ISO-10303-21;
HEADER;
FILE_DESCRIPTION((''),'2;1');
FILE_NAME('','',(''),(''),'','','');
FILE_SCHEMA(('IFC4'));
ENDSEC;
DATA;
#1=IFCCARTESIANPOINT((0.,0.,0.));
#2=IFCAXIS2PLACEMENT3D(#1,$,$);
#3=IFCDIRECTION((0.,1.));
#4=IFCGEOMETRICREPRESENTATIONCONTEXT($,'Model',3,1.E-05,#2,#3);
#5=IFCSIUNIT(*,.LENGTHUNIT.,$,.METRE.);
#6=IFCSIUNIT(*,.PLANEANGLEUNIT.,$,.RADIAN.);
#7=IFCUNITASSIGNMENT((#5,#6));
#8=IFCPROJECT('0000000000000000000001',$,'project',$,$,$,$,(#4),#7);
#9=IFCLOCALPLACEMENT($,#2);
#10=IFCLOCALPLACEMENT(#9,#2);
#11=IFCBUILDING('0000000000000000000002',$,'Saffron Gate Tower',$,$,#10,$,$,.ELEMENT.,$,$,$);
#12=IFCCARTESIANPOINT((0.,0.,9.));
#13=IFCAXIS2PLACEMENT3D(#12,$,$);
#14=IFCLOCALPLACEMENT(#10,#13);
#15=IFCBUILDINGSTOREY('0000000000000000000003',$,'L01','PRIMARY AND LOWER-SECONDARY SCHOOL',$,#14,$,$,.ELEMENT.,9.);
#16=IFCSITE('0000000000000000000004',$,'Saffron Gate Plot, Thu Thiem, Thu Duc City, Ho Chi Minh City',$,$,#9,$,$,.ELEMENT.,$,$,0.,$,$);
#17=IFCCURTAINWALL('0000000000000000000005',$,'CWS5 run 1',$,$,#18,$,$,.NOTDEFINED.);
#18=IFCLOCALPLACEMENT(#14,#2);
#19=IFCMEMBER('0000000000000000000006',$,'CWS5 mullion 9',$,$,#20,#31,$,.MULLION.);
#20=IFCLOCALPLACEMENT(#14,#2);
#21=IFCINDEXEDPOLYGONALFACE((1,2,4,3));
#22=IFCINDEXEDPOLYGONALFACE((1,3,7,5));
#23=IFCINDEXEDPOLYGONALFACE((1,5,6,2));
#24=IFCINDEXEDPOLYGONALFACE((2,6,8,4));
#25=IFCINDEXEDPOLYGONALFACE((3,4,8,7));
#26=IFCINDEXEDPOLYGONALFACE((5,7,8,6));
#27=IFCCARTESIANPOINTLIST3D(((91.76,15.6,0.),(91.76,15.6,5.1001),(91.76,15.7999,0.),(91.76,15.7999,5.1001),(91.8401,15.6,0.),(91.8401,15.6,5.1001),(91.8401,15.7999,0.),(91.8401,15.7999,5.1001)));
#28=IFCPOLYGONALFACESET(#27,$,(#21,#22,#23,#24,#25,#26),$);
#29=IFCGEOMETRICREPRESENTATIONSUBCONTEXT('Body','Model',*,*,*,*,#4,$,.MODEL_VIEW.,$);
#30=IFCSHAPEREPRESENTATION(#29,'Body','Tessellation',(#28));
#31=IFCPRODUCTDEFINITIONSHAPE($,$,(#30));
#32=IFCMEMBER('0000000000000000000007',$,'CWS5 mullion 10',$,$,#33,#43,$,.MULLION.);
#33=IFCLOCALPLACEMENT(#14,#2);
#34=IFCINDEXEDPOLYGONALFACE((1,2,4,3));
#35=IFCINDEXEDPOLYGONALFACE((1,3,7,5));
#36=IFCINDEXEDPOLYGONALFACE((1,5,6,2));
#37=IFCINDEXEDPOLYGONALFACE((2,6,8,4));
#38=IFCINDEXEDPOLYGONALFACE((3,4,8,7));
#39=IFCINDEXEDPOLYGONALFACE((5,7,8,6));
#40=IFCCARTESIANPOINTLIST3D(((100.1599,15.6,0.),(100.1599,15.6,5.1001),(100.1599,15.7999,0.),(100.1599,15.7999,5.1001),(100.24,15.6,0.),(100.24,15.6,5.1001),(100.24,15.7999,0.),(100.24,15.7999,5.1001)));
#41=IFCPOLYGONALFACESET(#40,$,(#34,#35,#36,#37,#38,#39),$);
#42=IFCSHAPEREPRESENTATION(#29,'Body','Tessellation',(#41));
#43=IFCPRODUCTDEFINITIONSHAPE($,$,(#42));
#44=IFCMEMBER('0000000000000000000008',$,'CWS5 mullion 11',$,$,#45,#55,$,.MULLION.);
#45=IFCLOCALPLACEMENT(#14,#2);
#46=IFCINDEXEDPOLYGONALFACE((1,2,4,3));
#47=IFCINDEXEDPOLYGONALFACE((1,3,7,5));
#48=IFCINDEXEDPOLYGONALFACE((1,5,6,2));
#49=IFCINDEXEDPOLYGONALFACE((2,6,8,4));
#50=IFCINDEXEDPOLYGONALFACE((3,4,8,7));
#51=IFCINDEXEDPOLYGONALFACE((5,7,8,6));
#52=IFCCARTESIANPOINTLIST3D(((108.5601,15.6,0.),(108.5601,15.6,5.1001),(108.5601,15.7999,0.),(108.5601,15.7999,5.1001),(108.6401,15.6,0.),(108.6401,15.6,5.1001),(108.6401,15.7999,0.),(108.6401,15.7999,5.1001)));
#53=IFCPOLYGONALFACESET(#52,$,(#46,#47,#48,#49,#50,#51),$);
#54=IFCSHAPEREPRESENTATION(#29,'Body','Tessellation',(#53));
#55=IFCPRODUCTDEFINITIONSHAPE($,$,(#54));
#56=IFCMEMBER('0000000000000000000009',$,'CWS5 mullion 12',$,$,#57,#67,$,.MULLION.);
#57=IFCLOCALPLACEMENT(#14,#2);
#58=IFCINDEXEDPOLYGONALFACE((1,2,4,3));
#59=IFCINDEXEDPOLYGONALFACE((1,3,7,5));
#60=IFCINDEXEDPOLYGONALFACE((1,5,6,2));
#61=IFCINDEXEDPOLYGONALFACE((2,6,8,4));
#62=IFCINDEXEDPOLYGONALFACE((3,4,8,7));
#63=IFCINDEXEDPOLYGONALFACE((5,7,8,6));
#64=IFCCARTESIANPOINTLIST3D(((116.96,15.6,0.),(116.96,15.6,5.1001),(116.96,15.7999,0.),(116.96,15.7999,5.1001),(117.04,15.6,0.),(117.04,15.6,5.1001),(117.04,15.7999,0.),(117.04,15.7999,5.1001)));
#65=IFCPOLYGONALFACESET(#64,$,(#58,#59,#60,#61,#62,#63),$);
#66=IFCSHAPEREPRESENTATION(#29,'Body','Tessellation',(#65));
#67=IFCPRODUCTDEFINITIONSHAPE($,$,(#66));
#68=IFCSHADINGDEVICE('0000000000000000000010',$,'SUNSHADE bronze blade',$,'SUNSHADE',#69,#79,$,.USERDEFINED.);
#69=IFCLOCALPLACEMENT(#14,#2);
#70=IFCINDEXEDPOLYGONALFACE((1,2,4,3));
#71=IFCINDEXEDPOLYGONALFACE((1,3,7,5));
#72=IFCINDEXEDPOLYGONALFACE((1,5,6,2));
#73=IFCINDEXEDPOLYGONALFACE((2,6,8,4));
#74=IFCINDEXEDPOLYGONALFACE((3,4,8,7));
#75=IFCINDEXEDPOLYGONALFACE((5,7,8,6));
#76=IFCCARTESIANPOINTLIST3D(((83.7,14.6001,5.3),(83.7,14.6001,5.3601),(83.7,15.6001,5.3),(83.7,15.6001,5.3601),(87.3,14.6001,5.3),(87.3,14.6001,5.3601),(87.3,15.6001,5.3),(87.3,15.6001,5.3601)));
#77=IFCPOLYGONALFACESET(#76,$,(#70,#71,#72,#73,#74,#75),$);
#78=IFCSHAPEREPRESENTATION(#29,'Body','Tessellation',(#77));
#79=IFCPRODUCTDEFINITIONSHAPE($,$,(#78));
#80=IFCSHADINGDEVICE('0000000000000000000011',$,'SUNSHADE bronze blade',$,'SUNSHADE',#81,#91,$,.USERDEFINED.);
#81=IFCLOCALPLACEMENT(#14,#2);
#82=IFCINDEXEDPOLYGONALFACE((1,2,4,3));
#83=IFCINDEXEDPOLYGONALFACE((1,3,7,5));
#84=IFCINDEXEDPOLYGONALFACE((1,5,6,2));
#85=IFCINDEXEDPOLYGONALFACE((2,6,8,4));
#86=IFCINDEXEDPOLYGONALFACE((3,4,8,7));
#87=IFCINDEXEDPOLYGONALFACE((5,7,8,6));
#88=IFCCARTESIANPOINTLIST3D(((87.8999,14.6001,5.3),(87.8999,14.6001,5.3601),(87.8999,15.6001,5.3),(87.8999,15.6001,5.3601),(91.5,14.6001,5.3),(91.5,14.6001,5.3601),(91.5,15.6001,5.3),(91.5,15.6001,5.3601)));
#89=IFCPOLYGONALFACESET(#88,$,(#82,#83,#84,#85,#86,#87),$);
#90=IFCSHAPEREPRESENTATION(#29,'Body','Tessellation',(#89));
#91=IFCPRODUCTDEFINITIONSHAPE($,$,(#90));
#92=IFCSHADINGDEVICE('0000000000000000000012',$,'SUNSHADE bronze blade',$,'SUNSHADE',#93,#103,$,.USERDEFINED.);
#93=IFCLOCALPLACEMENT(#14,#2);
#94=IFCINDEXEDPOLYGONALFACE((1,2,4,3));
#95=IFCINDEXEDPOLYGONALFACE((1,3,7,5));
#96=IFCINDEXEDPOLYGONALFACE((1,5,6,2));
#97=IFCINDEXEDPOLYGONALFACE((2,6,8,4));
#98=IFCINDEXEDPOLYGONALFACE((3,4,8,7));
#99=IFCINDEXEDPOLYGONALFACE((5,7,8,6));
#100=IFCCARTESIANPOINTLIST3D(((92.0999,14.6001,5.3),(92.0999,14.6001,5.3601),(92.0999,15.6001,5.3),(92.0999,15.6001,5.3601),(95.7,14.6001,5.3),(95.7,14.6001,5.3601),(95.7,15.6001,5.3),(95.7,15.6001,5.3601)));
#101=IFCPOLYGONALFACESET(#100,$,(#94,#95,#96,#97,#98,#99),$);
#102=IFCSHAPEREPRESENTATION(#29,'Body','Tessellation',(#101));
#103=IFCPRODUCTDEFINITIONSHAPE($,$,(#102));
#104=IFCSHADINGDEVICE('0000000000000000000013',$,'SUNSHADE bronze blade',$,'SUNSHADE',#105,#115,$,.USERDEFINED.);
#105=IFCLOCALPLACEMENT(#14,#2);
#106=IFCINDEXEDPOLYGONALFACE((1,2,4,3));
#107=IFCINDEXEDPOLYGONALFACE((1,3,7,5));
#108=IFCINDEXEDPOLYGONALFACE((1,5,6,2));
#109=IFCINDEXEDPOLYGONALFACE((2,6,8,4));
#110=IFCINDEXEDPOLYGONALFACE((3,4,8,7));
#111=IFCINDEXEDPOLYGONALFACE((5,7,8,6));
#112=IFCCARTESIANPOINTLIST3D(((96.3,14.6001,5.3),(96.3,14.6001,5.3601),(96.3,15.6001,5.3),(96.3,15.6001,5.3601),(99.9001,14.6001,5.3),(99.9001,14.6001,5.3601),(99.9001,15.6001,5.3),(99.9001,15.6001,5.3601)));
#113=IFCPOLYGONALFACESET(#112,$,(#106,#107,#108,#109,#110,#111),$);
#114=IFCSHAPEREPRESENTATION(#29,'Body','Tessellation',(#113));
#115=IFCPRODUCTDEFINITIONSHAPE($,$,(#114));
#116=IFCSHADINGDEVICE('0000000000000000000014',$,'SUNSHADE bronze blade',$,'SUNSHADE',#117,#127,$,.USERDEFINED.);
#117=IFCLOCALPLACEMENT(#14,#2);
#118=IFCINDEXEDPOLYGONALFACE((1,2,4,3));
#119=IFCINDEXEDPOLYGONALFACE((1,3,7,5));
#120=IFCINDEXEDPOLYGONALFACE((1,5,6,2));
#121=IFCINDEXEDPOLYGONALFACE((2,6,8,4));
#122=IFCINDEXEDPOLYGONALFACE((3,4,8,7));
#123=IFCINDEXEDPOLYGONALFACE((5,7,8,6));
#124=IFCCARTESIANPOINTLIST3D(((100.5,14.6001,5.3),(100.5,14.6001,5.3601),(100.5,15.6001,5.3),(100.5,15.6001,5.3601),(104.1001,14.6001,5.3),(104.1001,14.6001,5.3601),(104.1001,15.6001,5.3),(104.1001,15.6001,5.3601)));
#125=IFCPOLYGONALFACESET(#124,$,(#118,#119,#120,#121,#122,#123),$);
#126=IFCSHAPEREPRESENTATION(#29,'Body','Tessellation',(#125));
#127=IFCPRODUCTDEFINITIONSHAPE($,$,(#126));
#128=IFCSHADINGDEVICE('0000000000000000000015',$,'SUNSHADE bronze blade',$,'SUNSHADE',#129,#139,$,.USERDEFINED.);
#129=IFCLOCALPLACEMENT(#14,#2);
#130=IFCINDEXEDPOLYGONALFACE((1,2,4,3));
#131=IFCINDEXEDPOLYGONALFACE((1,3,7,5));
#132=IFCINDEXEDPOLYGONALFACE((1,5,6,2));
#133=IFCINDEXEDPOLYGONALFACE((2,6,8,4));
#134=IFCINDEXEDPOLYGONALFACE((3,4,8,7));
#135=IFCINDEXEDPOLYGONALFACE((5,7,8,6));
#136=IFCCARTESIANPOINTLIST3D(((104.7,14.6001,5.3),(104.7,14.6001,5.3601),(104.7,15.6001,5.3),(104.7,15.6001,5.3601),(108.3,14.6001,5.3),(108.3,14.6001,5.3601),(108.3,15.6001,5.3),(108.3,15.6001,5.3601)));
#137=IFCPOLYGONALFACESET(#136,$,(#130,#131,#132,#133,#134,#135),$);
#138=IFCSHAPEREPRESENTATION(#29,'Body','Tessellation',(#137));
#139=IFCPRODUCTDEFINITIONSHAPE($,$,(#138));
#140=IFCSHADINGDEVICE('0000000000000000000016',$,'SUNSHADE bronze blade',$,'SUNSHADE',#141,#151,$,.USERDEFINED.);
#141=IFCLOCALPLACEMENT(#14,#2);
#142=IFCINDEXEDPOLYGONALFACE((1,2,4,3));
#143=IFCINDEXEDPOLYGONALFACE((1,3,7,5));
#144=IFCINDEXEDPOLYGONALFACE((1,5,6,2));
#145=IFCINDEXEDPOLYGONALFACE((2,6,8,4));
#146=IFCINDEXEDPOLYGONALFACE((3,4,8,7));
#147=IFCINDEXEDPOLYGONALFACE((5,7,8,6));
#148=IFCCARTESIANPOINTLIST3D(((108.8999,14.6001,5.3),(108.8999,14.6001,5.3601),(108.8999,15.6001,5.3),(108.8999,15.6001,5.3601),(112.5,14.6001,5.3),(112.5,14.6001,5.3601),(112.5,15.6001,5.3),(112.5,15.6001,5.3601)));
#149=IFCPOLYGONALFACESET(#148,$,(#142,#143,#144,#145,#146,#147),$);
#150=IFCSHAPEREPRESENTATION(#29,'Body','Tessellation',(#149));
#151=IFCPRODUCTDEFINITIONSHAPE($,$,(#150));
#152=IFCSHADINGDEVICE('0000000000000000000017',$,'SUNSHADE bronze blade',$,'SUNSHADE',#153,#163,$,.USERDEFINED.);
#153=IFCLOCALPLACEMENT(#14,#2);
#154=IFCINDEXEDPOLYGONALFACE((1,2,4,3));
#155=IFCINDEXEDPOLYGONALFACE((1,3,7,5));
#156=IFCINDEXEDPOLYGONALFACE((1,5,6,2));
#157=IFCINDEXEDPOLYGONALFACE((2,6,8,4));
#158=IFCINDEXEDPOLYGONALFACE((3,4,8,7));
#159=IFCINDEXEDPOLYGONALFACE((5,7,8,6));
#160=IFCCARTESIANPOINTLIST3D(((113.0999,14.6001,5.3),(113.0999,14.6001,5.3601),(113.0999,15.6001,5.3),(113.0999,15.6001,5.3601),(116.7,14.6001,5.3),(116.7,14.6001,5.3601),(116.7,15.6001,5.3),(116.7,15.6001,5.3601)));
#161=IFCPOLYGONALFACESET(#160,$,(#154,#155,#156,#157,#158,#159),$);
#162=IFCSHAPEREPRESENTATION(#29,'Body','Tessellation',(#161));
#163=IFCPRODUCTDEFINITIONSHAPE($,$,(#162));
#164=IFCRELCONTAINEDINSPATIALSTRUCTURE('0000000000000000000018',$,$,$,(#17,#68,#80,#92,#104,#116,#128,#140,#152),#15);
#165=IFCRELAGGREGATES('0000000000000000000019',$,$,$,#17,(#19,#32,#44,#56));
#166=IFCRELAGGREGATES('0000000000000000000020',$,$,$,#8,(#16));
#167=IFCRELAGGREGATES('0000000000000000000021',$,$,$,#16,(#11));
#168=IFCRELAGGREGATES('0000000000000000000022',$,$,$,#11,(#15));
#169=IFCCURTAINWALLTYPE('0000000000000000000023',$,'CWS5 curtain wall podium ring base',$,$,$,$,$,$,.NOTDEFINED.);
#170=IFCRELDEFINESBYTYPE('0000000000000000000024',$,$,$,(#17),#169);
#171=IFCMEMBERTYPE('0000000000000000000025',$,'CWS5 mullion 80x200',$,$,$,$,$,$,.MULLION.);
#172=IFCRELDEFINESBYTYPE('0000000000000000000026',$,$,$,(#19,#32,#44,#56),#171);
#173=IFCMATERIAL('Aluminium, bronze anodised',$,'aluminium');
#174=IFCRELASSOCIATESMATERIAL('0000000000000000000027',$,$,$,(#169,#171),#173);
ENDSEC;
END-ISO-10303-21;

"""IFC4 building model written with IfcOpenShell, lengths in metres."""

from ifc_helpers import new_model, si_unit, direction, frame, origin, origin_2d, place, context, subcontext, project, spatial, rectangle, extrude, material, material_profile, profile_set, type_object, element, aggregate, save


model = new_model("IFC4")

# Units and contexts
model_context = context("Model", 3, precision=1e-05, world=origin(), true_north=direction((0.0, 1.0)))
body_context = subcontext(model_context, "Body", "Model", "MODEL_VIEW")
ifc_project = project(units=[si_unit("LENGTHUNIT", "METRE"), si_unit("PLANEANGLEUNIT", "RADIAN")], contexts=[model_context])

# Site, building, storey
site_placement = place(None, origin())
site = spatial("IfcSite", under=ifc_project, at=site_placement, Name="Saffron Gate Plot, Thu Thiem, Thu Duc City, Ho Chi Minh City", CompositionType="ELEMENT", RefElevation=0.0)
building_placement = place(site_placement, origin())
building = spatial("IfcBuilding", under=site, at=building_placement, Name="Saffron Gate Tower", CompositionType="ELEMENT")
storey_placement = place(building_placement, frame((0.0, 0.0, 9.0)))
storey = spatial("IfcBuildingStorey", under=building, at=storey_placement, Name="L01", Description="PRIMARY AND LOWER-SECONDARY SCHOOL", CompositionType="ELEMENT", Elevation=9.0)

# Curtain wall, members
ifc_material_1 = material(Name="Aluminium, bronze anodised", Category="aluminium")
curtain_wall_type = type_object("IfcCurtainWallType", Name="CWS5 curtain wall podium ring base", PredefinedType="NOTDEFINED", material=ifc_material_1)
curtain_wall_placement = place(storey_placement, origin())
curtain_wall = element("IfcCurtainWall", 1, at=curtain_wall_placement, inside=storey, type_object=curtain_wall_type, Name="CWS5 run 1", PredefinedType="NOTDEFINED")
ifc_material_profile_1 = material_profile(ifc_material_1, rectangle(XDim=0.2, YDim=0.0801, at=origin_2d()))
ifc_profile_set_1 = profile_set([ifc_material_profile_1], Name="Aluminium, bronze anodised")
member_type = type_object("IfcMemberType", Name="CWS5 mullion 80x200", PredefinedType="MULLION", material=ifc_profile_set_1)
member_1_placement = place(storey_placement, frame((91.8, 15.7, 0.0), z_axis=(0.0, 0.0, 1.0), x_axis=(0.0, 1.0, 0.0)))
member_1 = element("IfcMember", 2, at=member_1_placement, type_object=member_type, Name="CWS5 mullion 9", PredefinedType="MULLION", context=body_context, shape_type="SweptSolid", body=[
    extrude(rectangle(XDim=0.2, YDim=0.0801, at=origin_2d()), origin(), (0.0, 0.0, 1.0), 5.1001),
])
member_2_placement = place(storey_placement, frame((100.2, 15.7, 0.0), z_axis=(0.0, 0.0, 1.0), x_axis=(0.0, 1.0, 0.0)))
member_2 = element("IfcMember", 3, at=member_2_placement, type_object=member_type, Name="CWS5 mullion 10", PredefinedType="MULLION", context=body_context, shape_type="SweptSolid", body=[
    extrude(rectangle(XDim=0.2, YDim=0.0801, at=origin_2d()), origin(), (0.0, 0.0, 1.0), 5.1001),
])
member_3_placement = place(storey_placement, frame((108.6001, 15.7, 0.0), z_axis=(0.0, 0.0, 1.0), x_axis=(0.0, 1.0, 0.0)))
member_3 = element("IfcMember", 4, at=member_3_placement, type_object=member_type, Name="CWS5 mullion 11", PredefinedType="MULLION", context=body_context, shape_type="SweptSolid", body=[
    extrude(rectangle(XDim=0.2, YDim=0.0801, at=origin_2d()), origin(), (0.0, 0.0, 1.0), 5.1001),
])
member_4_placement = place(storey_placement, frame((117.0, 15.7, 0.0), z_axis=(0.0, 0.0, 1.0), x_axis=(0.0, 1.0, 0.0)))
member_4 = element("IfcMember", 5, at=member_4_placement, type_object=member_type, Name="CWS5 mullion 12", PredefinedType="MULLION", context=body_context, shape_type="SweptSolid", body=[
    extrude(rectangle(XDim=0.2, YDim=0.0801, at=origin_2d()), origin(), (0.0, 0.0, 1.0), 5.1001),
])
aggregate(curtain_wall, [member_1, member_2, member_3, member_4])

# Shading devices
for number, where, z_axis, x_axis, name in (
    (6, (85.5, 15.1001, 5.3), (0.0, 0.0, 1.0), (1.0, 0.0, 0.0), "SUNSHADE bronze blade"),
    (7, (89.7, 15.1001, 5.3), (0.0, 0.0, 1.0), (1.0, 0.0, 0.0), "SUNSHADE bronze blade"),
    (8, (93.8999, 15.1001, 5.3), (0.0, 0.0, 1.0), (1.0, 0.0, 0.0), "SUNSHADE bronze blade"),
    (9, (98.1001, 15.1001, 5.3), (0.0, 0.0, 1.0), (1.0, 0.0, 0.0), "SUNSHADE bronze blade"),
    (10, (102.3, 15.1001, 5.3), (0.0, 0.0, 1.0), (1.0, 0.0, 0.0), "SUNSHADE bronze blade"),
    (11, (106.5, 15.1001, 5.3), (0.0, 0.0, 1.0), (1.0, 0.0, 0.0), "SUNSHADE bronze blade"),
    (12, (110.7, 15.1001, 5.3), (0.0, 0.0, 1.0), (1.0, 0.0, 0.0), "SUNSHADE bronze blade"),
    (13, (114.8999, 15.1001, 5.3), (0.0, 0.0, 1.0), (1.0, 0.0, 0.0), "SUNSHADE bronze blade"),
):
    element("IfcShadingDevice", number, at=place(storey_placement, frame(where, z_axis=z_axis, x_axis=x_axis)), inside=storey, Name=name, ObjectType="SUNSHADE", PredefinedType="USERDEFINED", context=body_context, shape_type="SweptSolid", body=[
        extrude(rectangle(XDim=3.6001, YDim=1.0, at=origin_2d()), origin(), (0.0, 0.0, 1.0), 0.0601),
    ])

save(model, "model.ifc")
